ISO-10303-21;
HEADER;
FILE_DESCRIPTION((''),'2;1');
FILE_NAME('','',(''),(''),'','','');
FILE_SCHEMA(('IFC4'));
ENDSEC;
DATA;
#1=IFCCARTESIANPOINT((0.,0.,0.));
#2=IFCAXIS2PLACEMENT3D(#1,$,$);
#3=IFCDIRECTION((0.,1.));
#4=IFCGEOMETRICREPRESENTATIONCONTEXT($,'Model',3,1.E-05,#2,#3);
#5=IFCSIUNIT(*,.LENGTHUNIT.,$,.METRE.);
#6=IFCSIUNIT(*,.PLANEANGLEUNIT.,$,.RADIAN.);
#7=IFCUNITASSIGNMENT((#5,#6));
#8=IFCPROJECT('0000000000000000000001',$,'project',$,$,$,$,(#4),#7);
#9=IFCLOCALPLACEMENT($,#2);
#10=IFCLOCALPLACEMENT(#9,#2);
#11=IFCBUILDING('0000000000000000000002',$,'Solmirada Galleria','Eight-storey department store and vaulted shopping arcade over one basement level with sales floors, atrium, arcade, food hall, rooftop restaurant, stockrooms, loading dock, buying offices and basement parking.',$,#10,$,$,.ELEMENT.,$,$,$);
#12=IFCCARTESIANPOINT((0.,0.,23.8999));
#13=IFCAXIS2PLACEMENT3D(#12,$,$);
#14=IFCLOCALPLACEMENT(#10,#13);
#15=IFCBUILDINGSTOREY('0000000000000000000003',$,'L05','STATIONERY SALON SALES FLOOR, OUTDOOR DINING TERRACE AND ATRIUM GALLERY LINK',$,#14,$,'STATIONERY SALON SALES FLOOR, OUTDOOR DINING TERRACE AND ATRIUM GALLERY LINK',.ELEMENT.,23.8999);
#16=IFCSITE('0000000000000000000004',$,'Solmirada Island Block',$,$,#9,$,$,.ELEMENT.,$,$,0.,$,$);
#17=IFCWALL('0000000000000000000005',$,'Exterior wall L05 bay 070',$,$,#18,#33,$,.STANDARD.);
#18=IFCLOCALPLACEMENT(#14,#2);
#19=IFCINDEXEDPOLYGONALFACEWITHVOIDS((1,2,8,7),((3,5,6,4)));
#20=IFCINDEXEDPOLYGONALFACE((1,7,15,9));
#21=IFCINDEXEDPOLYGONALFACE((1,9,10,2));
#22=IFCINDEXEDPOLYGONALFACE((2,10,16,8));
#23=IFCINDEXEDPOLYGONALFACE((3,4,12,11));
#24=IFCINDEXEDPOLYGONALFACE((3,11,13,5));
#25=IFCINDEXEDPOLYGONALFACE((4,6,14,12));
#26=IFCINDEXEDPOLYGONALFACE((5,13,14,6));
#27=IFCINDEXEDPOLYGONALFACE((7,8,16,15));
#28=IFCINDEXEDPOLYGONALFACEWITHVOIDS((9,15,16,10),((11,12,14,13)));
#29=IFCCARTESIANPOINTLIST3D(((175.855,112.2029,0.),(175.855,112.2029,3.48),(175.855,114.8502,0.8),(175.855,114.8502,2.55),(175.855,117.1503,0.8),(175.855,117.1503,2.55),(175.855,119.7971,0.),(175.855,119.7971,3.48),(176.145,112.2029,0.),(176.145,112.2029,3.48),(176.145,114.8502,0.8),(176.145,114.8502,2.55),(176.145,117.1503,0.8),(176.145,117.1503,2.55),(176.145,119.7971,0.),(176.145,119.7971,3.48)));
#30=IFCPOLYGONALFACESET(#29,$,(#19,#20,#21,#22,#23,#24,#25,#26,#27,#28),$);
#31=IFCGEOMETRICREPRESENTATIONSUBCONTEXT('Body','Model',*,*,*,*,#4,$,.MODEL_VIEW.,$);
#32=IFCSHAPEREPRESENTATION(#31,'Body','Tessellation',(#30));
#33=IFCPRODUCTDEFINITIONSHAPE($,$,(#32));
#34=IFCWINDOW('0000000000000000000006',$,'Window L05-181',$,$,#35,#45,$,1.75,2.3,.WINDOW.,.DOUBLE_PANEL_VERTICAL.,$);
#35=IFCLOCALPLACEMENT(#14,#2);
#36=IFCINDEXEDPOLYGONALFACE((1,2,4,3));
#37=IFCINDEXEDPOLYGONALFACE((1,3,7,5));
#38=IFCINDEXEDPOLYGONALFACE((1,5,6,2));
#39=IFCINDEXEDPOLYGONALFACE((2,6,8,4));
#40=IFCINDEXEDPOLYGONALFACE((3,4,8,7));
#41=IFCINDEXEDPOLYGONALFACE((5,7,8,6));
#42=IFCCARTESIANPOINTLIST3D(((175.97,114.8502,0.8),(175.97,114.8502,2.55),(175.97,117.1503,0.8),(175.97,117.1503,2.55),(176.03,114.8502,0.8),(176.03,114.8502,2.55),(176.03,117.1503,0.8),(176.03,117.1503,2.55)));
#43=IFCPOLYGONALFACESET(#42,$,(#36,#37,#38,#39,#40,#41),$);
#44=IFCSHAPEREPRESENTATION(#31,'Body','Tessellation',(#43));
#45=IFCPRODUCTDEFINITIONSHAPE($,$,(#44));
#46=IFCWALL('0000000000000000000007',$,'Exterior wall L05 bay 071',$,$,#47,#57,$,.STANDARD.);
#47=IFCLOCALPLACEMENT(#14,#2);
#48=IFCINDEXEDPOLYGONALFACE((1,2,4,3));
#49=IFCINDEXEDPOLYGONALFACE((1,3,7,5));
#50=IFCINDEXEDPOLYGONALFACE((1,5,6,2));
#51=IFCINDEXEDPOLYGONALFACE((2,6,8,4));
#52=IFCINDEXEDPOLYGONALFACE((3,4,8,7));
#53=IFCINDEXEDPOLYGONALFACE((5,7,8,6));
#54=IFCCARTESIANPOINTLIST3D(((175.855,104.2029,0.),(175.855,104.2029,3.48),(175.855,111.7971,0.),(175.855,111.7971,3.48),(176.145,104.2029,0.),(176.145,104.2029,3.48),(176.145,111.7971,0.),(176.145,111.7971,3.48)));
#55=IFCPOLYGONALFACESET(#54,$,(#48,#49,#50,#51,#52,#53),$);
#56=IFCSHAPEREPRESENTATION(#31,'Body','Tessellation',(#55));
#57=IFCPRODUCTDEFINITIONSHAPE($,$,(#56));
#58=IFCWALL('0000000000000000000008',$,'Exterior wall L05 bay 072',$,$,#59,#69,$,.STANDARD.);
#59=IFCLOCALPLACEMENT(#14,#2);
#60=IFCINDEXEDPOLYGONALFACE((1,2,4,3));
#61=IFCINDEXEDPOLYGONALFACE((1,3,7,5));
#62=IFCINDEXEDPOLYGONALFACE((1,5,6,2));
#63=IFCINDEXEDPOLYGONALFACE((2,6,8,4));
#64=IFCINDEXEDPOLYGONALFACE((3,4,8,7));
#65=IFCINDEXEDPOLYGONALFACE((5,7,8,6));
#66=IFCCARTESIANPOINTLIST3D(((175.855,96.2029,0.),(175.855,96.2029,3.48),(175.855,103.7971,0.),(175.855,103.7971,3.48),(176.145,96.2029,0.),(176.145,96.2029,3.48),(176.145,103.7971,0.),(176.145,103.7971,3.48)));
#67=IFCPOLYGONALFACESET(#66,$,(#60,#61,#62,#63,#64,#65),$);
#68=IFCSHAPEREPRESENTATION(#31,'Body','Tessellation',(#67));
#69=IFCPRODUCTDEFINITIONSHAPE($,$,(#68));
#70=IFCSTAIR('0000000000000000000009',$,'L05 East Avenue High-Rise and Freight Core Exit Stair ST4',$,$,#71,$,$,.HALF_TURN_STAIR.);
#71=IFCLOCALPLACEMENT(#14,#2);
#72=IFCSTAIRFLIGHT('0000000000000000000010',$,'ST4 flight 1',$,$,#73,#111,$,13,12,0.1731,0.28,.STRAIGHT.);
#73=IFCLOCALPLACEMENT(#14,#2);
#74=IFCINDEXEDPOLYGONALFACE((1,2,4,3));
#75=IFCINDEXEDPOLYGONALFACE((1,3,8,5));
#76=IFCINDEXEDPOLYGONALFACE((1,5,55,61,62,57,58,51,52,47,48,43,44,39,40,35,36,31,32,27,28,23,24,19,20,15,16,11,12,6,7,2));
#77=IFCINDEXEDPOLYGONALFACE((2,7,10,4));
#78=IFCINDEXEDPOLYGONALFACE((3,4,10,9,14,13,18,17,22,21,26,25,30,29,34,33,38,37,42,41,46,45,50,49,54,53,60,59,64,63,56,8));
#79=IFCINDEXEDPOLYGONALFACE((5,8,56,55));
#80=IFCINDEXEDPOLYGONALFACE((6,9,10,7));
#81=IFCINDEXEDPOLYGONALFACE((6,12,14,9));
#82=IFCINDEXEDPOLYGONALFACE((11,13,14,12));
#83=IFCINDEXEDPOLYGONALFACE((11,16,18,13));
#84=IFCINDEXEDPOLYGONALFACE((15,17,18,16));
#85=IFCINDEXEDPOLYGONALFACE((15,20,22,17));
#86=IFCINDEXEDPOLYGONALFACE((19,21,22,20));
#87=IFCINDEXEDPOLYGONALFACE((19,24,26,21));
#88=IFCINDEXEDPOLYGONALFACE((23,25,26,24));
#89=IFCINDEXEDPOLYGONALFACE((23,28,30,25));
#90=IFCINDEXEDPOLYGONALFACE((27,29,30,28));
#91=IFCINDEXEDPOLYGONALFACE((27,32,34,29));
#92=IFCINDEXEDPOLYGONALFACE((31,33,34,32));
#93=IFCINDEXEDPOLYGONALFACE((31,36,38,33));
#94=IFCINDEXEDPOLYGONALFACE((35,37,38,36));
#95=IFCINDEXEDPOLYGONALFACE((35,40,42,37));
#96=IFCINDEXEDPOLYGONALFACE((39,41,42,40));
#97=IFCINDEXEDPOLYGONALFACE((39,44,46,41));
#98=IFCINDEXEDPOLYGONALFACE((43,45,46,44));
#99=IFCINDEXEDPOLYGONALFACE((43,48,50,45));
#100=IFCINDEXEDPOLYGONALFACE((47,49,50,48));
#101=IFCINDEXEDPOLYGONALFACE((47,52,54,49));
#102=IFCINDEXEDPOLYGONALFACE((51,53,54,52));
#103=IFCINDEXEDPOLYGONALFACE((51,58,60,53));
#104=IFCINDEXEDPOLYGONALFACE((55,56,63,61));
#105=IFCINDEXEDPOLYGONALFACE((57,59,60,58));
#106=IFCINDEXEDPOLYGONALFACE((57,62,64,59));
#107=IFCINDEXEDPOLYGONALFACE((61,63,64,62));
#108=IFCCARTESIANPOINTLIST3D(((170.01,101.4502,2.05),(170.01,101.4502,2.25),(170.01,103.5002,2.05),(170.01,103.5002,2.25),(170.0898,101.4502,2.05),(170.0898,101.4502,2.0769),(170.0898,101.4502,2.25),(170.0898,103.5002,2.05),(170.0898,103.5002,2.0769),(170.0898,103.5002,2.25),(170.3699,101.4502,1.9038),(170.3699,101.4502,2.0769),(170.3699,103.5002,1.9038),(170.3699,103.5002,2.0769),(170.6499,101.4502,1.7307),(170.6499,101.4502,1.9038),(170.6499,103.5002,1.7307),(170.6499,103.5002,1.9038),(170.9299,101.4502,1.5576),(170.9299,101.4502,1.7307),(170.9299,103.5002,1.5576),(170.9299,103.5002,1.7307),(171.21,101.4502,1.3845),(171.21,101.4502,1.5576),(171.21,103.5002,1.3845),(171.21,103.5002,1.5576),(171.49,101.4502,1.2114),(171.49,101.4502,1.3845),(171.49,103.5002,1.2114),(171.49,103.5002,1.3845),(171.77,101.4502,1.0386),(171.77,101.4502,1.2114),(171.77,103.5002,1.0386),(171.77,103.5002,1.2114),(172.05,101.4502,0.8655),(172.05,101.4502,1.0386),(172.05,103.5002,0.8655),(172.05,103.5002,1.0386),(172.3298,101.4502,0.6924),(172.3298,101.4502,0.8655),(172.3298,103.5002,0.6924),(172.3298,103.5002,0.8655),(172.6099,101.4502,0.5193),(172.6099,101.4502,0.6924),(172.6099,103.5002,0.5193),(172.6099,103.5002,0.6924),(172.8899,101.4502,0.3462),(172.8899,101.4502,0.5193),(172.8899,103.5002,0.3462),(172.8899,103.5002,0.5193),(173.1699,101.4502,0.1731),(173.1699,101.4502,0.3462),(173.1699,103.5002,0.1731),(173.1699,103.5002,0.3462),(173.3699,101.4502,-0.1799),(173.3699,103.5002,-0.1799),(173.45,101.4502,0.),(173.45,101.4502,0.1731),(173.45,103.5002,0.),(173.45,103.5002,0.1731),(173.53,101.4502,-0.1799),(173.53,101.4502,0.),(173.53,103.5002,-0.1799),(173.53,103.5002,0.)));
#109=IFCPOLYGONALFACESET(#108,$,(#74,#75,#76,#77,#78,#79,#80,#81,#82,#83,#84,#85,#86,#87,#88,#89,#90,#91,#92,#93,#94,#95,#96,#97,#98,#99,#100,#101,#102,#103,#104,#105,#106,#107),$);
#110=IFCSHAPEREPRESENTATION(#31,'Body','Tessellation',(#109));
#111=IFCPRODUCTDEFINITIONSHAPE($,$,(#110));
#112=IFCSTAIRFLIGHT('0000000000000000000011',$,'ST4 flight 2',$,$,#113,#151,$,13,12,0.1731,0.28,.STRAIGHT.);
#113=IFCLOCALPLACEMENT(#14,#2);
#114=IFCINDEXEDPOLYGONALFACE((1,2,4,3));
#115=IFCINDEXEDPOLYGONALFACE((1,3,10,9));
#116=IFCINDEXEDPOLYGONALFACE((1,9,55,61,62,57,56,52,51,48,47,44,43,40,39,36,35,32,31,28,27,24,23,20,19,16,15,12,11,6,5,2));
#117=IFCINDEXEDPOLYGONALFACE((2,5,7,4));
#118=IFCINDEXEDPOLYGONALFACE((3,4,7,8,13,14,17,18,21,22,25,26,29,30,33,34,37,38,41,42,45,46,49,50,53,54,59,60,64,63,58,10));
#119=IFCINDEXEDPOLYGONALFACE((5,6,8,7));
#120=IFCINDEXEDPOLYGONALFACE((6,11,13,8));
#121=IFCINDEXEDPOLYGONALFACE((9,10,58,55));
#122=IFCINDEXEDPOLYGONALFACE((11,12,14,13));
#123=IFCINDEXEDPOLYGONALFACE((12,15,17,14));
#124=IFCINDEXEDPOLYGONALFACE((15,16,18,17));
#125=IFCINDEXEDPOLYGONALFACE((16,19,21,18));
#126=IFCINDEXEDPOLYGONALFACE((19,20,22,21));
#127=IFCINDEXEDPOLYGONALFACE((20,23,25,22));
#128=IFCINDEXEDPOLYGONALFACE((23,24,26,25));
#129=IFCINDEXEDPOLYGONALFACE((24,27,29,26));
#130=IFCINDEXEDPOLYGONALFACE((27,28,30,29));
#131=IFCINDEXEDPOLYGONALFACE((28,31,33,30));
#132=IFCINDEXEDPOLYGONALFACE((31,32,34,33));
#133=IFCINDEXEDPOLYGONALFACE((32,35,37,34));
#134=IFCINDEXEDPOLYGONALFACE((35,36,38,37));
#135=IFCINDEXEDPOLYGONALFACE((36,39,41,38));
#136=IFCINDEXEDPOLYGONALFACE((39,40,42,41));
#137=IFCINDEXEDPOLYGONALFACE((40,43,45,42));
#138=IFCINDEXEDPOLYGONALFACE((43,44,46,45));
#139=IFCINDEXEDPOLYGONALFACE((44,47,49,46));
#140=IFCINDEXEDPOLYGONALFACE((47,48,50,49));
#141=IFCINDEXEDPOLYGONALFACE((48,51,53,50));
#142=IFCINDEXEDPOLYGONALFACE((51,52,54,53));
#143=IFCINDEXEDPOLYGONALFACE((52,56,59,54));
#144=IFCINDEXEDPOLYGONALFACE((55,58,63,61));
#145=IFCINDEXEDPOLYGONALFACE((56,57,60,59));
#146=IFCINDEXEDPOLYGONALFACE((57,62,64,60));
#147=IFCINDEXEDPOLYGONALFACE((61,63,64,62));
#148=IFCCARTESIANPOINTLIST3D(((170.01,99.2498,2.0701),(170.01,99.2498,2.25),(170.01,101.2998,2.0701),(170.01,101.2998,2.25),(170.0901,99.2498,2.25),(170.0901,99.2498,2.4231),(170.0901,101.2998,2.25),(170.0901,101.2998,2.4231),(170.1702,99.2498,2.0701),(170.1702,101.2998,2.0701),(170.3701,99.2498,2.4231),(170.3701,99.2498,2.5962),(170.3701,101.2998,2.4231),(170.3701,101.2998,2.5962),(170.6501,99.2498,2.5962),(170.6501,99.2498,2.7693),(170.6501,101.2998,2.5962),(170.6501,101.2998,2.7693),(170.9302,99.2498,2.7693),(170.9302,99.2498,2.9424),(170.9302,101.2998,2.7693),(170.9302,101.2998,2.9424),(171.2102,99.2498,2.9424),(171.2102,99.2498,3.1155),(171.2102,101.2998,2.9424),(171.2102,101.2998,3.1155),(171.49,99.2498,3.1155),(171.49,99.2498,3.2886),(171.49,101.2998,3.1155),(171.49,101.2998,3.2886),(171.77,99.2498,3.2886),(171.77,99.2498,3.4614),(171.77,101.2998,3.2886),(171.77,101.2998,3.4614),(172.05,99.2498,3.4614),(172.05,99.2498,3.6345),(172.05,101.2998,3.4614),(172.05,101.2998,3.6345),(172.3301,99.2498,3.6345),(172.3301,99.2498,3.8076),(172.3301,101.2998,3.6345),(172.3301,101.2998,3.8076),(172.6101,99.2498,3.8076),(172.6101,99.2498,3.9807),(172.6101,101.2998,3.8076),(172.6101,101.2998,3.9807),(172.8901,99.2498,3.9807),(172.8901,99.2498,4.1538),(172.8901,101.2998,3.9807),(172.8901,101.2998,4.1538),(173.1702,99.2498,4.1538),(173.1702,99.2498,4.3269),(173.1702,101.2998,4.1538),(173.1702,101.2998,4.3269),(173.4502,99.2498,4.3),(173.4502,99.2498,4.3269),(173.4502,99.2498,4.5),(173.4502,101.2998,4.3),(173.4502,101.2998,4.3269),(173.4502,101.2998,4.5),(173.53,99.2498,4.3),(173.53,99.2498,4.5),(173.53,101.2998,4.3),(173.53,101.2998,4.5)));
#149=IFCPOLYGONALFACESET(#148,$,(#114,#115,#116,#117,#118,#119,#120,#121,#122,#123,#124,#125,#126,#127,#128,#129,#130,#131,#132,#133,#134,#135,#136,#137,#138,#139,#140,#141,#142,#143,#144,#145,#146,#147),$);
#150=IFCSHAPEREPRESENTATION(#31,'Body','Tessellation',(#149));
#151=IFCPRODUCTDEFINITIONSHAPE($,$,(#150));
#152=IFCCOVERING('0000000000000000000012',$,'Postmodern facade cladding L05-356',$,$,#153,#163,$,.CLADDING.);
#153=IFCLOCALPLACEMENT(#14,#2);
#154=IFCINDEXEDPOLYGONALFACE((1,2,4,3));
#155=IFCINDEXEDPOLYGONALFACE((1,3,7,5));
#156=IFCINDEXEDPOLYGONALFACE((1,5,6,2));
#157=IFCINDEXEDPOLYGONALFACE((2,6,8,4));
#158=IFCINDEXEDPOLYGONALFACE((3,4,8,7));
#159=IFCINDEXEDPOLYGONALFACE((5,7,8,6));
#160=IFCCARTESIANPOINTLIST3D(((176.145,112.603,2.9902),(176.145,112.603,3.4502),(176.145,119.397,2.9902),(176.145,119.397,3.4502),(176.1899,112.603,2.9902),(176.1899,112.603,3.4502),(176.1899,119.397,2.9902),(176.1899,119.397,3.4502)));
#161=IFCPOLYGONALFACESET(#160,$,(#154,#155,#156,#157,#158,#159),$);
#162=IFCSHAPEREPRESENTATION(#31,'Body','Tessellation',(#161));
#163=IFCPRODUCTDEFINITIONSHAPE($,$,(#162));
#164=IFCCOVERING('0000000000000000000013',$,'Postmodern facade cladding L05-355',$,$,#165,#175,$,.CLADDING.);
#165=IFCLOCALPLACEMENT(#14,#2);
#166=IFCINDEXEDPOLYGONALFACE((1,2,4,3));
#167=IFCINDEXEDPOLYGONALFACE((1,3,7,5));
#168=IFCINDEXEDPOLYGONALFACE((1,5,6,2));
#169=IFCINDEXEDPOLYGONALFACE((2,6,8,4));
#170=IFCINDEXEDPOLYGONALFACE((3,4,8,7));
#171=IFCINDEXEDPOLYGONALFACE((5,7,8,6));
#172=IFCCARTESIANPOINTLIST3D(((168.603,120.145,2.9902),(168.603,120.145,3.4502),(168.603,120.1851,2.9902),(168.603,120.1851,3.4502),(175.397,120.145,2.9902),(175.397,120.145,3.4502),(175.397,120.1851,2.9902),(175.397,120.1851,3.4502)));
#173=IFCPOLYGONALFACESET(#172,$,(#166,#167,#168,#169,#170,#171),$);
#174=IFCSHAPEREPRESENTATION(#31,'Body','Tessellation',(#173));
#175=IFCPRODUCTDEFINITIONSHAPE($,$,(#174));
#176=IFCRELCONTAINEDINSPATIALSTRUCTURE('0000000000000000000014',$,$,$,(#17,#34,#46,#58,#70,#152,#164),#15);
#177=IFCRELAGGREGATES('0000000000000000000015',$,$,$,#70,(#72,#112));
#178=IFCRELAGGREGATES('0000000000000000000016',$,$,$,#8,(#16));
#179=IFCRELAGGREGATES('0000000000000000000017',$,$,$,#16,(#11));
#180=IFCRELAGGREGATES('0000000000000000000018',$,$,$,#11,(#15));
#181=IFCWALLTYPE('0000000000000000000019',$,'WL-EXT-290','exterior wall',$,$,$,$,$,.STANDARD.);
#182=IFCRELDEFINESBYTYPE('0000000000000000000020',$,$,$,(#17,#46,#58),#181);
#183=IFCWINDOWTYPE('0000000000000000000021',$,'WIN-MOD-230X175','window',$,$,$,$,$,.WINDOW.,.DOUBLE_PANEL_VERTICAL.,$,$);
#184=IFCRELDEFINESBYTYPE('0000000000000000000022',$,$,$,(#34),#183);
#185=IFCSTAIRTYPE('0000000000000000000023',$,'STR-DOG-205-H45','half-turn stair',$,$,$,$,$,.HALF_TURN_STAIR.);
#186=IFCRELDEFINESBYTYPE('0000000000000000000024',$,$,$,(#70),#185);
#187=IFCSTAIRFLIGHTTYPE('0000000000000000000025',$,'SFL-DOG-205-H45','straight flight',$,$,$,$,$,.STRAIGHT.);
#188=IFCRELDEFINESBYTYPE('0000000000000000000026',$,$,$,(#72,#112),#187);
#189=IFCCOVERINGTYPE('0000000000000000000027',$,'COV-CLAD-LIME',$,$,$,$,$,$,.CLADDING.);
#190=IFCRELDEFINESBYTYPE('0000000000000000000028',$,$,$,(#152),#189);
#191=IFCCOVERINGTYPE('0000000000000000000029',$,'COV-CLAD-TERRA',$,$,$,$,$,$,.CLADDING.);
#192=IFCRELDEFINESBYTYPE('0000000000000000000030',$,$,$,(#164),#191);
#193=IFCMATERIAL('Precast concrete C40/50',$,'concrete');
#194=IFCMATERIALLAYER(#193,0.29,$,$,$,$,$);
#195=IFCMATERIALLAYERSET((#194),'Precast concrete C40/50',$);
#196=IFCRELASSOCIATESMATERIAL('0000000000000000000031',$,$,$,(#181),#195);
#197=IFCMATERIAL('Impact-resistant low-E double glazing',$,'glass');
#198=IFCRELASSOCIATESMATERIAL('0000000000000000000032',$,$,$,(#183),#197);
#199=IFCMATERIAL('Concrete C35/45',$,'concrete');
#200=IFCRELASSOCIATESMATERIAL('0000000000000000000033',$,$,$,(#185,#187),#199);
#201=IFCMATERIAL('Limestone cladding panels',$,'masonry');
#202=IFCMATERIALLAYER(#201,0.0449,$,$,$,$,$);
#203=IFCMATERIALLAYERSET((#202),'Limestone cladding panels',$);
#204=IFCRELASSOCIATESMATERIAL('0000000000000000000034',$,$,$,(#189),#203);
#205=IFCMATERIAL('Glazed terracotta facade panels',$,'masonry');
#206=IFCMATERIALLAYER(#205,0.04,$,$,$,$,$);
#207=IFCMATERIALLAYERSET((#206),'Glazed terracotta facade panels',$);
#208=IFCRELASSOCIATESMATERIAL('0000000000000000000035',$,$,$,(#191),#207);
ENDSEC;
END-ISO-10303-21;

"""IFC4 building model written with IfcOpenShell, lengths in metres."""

from ifc_helpers import new_model, si_unit, direction, frame, frame_2d, origin, origin_2d, place, context, subcontext, project, spatial, polyline, rectangle, outline, extrude, material, layer, layer_set, type_object, element, fill, aggregate, save


model = new_model("IFC4")

# Units and contexts
model_context = context("Model", 3, precision=1e-05, world=origin(), true_north=direction((0.0, 1.0)))
body_context = subcontext(model_context, "Body", "Model", "MODEL_VIEW")
ifc_project = project(units=[si_unit("LENGTHUNIT", "METRE"), si_unit("PLANEANGLEUNIT", "RADIAN")], contexts=[model_context])

# Site, building, storey
site_placement = place(None, origin())
site = spatial("IfcSite", under=ifc_project, at=site_placement, Name="Solmirada Island Block", CompositionType="ELEMENT", RefElevation=0.0)
building_placement = place(site_placement, origin())
building = spatial("IfcBuilding", under=site, at=building_placement, Name="Solmirada Galleria", Description="Eight-storey department store and vaulted shopping arcade over one basement level with sales floors, atrium, arcade, food hall, rooftop restaurant, stockrooms, loading dock, buying offices and basement parking.", CompositionType="ELEMENT")
storey_placement = place(building_placement, frame((0.0, 0.0, 23.8999)))
storey = spatial("IfcBuildingStorey", under=building, at=storey_placement, Name="L05", Description="STATIONERY SALON SALES FLOOR, OUTDOOR DINING TERRACE AND ATRIUM GALLERY LINK", LongName="STATIONERY SALON SALES FLOOR, OUTDOOR DINING TERRACE AND ATRIUM GALLERY LINK", CompositionType="ELEMENT", Elevation=23.8999)

# Wall, opening, window
ifc_material_1 = material(Name="Precast concrete C40/50", Category="concrete")
ifc_layer_1 = layer(ifc_material_1, 0.29)
ifc_layer_set_1 = layer_set([ifc_layer_1], Name="Precast concrete C40/50")
wall_type_1 = type_object("IfcWallType", Name="WL-EXT-290", Description="exterior wall", PredefinedType="STANDARD", material=ifc_layer_set_1)
ifc_material_2 = material(Name="Impact-resistant low-E double glazing", Category="glass")
window_type = type_object("IfcWindowType", Name="WIN-MOD-230X175", Description="window", PartitioningType="DOUBLE_PANEL_VERTICAL", PredefinedType="WINDOW", material=ifc_material_2)
wall_1_placement = place(storey_placement, frame((176.0, 119.7971, 0.0), z_axis=(0.0, 0.0, 1.0), x_axis=(0.0, -1.0, 0.0)))
wall_1 = element("IfcWall", 1, at=wall_1_placement, inside=storey, type_object=wall_type_1, Name="Exterior wall L05 bay 070", PredefinedType="STANDARD", context=body_context, shape_type="SweptSolid", body=[
    extrude(rectangle(XDim=7.5942, YDim=0.29, at=frame_2d((3.7971, 0.0))), origin(), (0.0, 0.0, 1.0), 3.48),
])
opening_1_placement = place(wall_1_placement, frame((2.647, 0.0, 0.8)))
opening_1 = element("IfcOpeningElement", 2, at=opening_1_placement, cuts=wall_1, PredefinedType="OPENING", context=body_context, shape_type="SweptSolid", body=[
    extrude(rectangle(XDim=2.3, YDim=1.75, at=frame_2d((1.1499, 0.875))), frame((0.0, 0.155, 0.0), z_axis=(0.0, -1.0, 0.0), x_axis=(1.0, 0.0, 0.0)), (0.0, 0.0, 1.0), 0.3101),
])
window_1_placement = place(opening_1_placement, origin())
window_1 = element("IfcWindow", 3, at=window_1_placement, inside=storey, type_object=window_type, Name="Window L05-181", OverallHeight=1.75, OverallWidth=2.3, PartitioningType="DOUBLE_PANEL_VERTICAL", PredefinedType="WINDOW", context=body_context, shape_type="SweptSolid", body=[
    extrude(rectangle(XDim=2.3, YDim=1.75, at=frame_2d((1.1499, 0.875))), frame((0.0, 0.03, 0.0), z_axis=(0.0, -1.0, 0.0), x_axis=(1.0, 0.0, 0.0)), (0.0, 0.0, 1.0), 0.0601),
])
fill(opening_1, window_1)

# Walls
for number, where, z_axis, x_axis, name in (
    (4, (176.0, 111.7971, 0.0), (0.0, 0.0, 1.0), (0.0, -1.0, 0.0), "Exterior wall L05 bay 071"),
    (5, (176.0, 103.7971, 0.0), (0.0, 0.0, 1.0), (0.0, -1.0, 0.0), "Exterior wall L05 bay 072"),
):
    element("IfcWall", number, at=place(storey_placement, frame(where, z_axis=z_axis, x_axis=x_axis)), inside=storey, type_object=wall_type_1, Name=name, PredefinedType="STANDARD", context=body_context, shape_type="SweptSolid", body=[
        extrude(rectangle(XDim=7.5942, YDim=0.29, at=frame_2d((3.7971, 0.0))), origin(), (0.0, 0.0, 1.0), 3.48),
    ])

# Stair, stair flights
ifc_material_3 = material(Name="Concrete C35/45", Category="concrete")
stair_type = type_object("IfcStairType", Name="STR-DOG-205-H45", Description="half-turn stair", PredefinedType="HALF_TURN_STAIR", material=ifc_material_3)
stair_placement = place(storey_placement, origin())
stair = element("IfcStair", 6, at=stair_placement, inside=storey, type_object=stair_type, Name="L05 East Avenue High-Rise and Freight Core Exit Stair ST4", PredefinedType="HALF_TURN_STAIR")
stair_flight_type = type_object("IfcStairFlightType", Name="SFL-DOG-205-H45", Description="straight flight", PredefinedType="STRAIGHT", material=ifc_material_3)
stair_flight_1_placement = place(storey_placement, frame((173.45, 102.4751, 0.0), z_axis=(0.0, 0.0, 1.0), x_axis=(-1.0, 0.0, 0.0)))
stair_flight_1 = element("IfcStairFlight", 7, at=stair_flight_1_placement, type_object=stair_flight_type, Name="ST4 flight 1", NumberOfRisers=13, NumberOfTreads=12, PredefinedType="STRAIGHT", RiserHeight=0.1731, TreadLength=0.28, context=body_context, shape_type="SweptSolid", body=[
    extrude(outline(polyline([(-0.0801, 0.0), (0.0, 0.0), (0.0, 0.1731), (0.28, 0.1731), (0.28, 0.3462), (0.5601, 0.3462), (0.5601, 0.5193), (0.8401, 0.5193), (0.8401, 0.6924), (1.1201, 0.6924), (1.1201, 0.8655), (1.3999, 0.8655), (1.3999, 1.0386), (1.6799, 1.0386), (1.6799, 1.2114), (1.96, 1.2114), (1.96, 1.3845), (2.24, 1.3845), (2.24, 1.5576), (2.52, 1.5576), (2.52, 1.7307), (2.8, 1.7307), (2.8, 1.9038), (3.0801, 1.9038), (3.0801, 2.0769), (3.3601, 2.0769), (3.3601, 2.25), (3.4399, 2.25), (3.4399, 2.05), (3.3601, 2.05), (0.0801, -0.1799), (-0.0801, -0.1799), (-0.0801, 0.0)])), frame((0.0, 1.0249, 0.0), z_axis=(0.0, -1.0, 0.0), x_axis=(1.0, 0.0, 0.0)), (0.0, 0.0, 1.0), 2.05),
])
stair_flight_2_placement = place(storey_placement, frame((170.0901, 100.2749, 2.25), z_axis=(0.0, 0.0, 1.0), x_axis=(1.0, 0.0, 0.0)))
stair_flight_2 = element("IfcStairFlight", 8, at=stair_flight_2_placement, type_object=stair_flight_type, Name="ST4 flight 2", NumberOfRisers=13, NumberOfTreads=12, PredefinedType="STRAIGHT", RiserHeight=0.1731, TreadLength=0.28, context=body_context, shape_type="SweptSolid", body=[
    extrude(outline(polyline([(-0.0801, 0.0), (0.0, 0.0), (0.0, 0.1731), (0.28, 0.1731), (0.28, 0.3462), (0.5601, 0.3462), (0.5601, 0.5193), (0.8401, 0.5193), (0.8401, 0.6924), (1.1201, 0.6924), (1.1201, 0.8655), (1.3999, 0.8655), (1.3999, 1.0386), (1.6799, 1.0386), (1.6799, 1.2114), (1.96, 1.2114), (1.96, 1.3845), (2.24, 1.3845), (2.24, 1.5576), (2.52, 1.5576), (2.52, 1.7307), (2.8, 1.7307), (2.8, 1.9038), (3.0801, 1.9038), (3.0801, 2.0769), (3.3601, 2.0769), (3.3601, 2.25), (3.4399, 2.25), (3.4399, 2.05), (3.3601, 2.05), (0.0801, -0.1799), (-0.0801, -0.1799), (-0.0801, 0.0)])), frame((0.0, 1.0249, 0.0), z_axis=(0.0, -1.0, 0.0), x_axis=(1.0, 0.0, 0.0)), (0.0, 0.0, 1.0), 2.05),
])
aggregate(stair, [stair_flight_1, stair_flight_2])

# Coverings
ifc_material_4 = material(Name="Limestone cladding panels", Category="masonry")
ifc_layer_2 = layer(ifc_material_4, 0.0449)
ifc_layer_set_2 = layer_set([ifc_layer_2], Name="Limestone cladding panels")
covering_type_1 = type_object("IfcCoveringType", Name="COV-CLAD-LIME", PredefinedType="CLADDING", material=ifc_layer_set_2)
covering_placement = place(storey_placement, frame((176.1675, 116.0, 2.9902), z_axis=(0.0, 0.0, 1.0), x_axis=(0.0, -1.0, 0.0)))
element("IfcCovering", 9, at=covering_placement, inside=storey, type_object=covering_type_1, Name="Postmodern facade cladding L05-356", PredefinedType="CLADDING", context=body_context, shape_type="SweptSolid", body=[
    extrude(rectangle(XDim=6.7939, YDim=0.0449, at=origin_2d()), origin(), (0.0, 0.0, 1.0), 0.46),
])
ifc_material_5 = material(Name="Glazed terracotta facade panels", Category="masonry")
ifc_layer_3 = layer(ifc_material_5, 0.04)
ifc_layer_set_3 = layer_set([ifc_layer_3], Name="Glazed terracotta facade panels")
covering_type_2 = type_object("IfcCoveringType", Name="COV-CLAD-TERRA", PredefinedType="CLADDING", material=ifc_layer_set_3)
for number, where, z_axis, x_axis, name in (
    (10, (172.0, 120.165, 2.9902), (0.0, 0.0, 1.0), (1.0, 0.0, 0.0), "Postmodern facade cladding L05-355"),
):
    element("IfcCovering", number, at=place(storey_placement, frame(where, z_axis=z_axis, x_axis=x_axis)), inside=storey, type_object=covering_type_2, Name=name, PredefinedType="CLADDING", context=body_context, shape_type="SweptSolid", body=[
        extrude(rectangle(XDim=6.7939, YDim=0.04, at=origin_2d()), origin(), (0.0, 0.0, 1.0), 0.46),
    ])

save(model, "model.ifc")
